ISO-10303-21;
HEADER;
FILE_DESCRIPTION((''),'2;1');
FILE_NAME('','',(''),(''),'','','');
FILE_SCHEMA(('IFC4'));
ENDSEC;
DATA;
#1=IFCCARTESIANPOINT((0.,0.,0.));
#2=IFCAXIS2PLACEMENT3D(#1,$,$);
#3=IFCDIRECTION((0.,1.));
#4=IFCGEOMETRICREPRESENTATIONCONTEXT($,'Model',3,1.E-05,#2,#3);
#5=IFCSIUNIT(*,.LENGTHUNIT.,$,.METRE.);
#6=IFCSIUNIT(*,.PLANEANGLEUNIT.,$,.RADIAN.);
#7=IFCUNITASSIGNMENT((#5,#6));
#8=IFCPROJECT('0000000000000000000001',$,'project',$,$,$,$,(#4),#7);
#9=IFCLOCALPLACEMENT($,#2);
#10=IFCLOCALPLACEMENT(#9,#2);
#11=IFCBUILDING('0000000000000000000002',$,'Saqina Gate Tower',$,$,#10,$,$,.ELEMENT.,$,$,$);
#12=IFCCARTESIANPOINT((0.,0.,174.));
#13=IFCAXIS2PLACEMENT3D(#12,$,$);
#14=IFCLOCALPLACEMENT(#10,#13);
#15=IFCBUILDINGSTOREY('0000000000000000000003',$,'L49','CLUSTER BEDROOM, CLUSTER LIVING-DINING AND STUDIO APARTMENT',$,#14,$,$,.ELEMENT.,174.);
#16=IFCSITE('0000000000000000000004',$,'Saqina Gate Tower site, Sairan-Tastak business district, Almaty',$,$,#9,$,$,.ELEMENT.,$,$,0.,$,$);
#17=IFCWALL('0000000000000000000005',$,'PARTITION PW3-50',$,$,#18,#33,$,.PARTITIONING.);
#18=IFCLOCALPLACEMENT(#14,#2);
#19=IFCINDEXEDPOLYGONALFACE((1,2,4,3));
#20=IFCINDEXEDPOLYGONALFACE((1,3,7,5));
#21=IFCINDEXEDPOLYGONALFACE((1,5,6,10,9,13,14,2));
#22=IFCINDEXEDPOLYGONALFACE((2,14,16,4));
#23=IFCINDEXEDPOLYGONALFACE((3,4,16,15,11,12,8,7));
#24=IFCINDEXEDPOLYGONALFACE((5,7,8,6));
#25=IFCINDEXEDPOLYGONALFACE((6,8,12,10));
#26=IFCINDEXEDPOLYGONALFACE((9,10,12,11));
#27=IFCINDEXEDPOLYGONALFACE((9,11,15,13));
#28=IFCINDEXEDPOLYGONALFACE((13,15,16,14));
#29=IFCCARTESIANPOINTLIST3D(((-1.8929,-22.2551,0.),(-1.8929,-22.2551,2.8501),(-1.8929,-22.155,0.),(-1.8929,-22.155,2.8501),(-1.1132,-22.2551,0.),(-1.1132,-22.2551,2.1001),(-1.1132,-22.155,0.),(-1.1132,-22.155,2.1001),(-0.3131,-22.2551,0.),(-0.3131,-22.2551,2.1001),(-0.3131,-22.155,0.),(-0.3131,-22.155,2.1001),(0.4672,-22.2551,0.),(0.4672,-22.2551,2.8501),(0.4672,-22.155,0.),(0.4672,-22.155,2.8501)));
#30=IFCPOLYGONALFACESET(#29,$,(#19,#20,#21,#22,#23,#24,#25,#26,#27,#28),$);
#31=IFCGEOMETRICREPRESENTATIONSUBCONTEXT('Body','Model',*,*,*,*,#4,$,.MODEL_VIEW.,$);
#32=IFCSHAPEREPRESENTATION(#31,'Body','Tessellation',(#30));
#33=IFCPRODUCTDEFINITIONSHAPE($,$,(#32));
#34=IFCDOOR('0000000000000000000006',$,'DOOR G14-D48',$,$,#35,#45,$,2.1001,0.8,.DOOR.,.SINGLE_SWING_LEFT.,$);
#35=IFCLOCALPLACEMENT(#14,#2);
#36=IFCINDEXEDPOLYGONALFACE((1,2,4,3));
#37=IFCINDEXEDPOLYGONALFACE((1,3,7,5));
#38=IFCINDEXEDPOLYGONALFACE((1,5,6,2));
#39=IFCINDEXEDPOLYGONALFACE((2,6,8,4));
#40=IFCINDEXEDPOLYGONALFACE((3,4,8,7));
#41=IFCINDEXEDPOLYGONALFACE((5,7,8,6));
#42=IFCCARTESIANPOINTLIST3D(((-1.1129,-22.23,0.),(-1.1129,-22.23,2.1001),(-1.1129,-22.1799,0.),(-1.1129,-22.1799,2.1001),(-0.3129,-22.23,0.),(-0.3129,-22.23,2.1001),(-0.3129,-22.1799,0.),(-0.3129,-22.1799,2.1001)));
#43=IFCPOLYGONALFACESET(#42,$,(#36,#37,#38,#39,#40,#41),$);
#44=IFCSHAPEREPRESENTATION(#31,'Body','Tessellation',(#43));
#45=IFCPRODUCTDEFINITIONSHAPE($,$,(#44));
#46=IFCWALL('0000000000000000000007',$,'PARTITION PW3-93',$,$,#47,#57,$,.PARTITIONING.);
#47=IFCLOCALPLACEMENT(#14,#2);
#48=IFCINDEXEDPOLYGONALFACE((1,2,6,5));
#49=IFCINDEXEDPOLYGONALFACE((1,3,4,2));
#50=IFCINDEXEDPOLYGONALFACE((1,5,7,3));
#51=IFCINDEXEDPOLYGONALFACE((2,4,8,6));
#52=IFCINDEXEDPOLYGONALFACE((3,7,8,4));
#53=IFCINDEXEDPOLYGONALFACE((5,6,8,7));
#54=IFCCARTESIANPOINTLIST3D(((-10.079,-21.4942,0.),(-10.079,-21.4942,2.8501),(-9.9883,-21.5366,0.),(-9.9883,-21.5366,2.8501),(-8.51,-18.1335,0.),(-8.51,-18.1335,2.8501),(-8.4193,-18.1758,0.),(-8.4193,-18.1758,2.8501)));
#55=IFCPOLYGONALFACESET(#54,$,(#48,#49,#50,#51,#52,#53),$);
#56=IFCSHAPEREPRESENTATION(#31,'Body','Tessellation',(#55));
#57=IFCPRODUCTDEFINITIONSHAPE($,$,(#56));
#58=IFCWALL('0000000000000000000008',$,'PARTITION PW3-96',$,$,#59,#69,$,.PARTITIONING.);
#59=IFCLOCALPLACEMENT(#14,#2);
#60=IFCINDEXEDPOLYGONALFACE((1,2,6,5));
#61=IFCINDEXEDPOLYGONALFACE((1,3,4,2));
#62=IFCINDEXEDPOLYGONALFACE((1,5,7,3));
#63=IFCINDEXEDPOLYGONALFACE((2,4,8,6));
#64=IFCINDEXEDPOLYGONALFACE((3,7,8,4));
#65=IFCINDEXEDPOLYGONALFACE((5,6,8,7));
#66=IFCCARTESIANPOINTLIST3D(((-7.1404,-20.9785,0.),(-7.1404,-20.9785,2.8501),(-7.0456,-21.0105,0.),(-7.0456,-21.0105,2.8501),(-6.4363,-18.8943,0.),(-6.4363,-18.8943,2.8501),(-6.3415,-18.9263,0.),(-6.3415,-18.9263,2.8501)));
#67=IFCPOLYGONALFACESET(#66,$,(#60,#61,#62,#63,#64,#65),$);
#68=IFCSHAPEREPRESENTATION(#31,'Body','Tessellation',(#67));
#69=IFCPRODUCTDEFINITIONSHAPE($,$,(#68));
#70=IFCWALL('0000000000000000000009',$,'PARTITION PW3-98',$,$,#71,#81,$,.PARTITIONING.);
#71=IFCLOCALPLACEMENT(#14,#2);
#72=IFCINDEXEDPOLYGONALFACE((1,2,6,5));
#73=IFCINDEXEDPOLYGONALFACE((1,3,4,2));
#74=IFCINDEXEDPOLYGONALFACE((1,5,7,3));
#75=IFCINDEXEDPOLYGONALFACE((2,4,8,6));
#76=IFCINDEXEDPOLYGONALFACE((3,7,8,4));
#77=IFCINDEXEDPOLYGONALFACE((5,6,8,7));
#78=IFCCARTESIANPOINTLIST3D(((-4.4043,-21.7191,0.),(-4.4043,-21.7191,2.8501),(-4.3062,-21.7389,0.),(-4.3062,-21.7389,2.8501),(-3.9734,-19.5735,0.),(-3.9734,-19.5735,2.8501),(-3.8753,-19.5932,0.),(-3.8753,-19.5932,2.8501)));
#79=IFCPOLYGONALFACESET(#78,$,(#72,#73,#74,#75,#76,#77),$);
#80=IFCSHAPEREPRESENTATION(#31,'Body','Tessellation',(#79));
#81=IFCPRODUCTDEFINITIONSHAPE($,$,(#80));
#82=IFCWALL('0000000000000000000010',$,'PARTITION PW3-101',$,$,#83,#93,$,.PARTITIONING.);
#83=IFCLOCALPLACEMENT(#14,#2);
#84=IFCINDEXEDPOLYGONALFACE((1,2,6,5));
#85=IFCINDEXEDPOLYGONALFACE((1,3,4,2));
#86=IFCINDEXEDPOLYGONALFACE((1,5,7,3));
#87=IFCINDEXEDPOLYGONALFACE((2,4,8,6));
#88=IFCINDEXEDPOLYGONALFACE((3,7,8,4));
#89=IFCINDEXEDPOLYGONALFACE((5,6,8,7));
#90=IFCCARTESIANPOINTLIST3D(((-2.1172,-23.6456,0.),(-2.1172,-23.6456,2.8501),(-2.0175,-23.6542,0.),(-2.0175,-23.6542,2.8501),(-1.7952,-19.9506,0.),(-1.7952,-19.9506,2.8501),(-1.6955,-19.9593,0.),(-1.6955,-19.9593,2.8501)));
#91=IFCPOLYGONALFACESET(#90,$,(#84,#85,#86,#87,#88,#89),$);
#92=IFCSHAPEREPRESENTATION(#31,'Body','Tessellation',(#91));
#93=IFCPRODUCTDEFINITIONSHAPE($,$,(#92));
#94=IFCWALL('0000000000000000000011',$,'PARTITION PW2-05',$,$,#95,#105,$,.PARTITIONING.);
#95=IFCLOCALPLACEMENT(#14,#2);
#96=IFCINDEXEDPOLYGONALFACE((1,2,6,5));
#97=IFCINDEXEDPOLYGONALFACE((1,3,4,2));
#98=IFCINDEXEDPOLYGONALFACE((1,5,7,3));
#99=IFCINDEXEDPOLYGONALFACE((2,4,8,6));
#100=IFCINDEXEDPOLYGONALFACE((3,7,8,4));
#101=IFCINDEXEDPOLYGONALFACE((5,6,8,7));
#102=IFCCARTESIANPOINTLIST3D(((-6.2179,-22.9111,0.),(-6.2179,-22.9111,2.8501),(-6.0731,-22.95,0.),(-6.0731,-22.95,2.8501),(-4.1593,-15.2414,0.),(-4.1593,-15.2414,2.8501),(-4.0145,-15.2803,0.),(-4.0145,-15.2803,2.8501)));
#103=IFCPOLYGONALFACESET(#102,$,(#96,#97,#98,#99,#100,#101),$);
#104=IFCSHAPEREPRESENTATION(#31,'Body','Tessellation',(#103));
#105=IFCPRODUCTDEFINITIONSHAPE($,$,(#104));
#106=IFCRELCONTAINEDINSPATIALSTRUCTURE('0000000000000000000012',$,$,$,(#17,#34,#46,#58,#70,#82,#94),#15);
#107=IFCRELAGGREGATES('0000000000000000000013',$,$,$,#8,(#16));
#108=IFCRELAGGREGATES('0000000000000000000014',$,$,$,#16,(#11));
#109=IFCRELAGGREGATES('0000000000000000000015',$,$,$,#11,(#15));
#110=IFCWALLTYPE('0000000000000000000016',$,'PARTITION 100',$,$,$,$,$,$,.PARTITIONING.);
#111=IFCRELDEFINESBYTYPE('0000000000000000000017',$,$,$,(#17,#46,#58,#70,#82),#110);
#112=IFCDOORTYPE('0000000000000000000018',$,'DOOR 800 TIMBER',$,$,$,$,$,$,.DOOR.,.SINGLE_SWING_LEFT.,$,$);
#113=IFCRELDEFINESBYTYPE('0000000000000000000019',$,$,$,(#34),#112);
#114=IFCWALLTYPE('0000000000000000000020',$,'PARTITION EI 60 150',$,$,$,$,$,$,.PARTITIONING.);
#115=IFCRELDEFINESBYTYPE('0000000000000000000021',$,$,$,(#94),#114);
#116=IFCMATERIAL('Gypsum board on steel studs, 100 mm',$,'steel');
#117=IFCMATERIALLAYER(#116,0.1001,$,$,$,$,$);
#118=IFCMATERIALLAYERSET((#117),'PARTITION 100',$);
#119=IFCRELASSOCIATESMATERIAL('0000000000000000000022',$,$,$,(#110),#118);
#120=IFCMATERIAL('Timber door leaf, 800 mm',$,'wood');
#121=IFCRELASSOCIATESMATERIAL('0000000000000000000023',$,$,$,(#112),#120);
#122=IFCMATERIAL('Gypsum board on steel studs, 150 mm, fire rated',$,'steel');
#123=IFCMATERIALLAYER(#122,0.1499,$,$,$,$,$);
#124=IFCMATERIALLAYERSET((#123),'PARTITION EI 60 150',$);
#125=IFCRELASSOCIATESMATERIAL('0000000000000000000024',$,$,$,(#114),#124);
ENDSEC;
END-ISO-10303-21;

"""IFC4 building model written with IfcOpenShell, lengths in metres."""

from ifc_helpers import new_model, si_unit, direction, frame, frame_2d, origin, place, context, subcontext, project, spatial, rectangle, extrude, material, layer, layer_set, type_object, element, fill, save


model = new_model("IFC4")

# Units and contexts
model_context = context("Model", 3, precision=1e-05, world=origin(), true_north=direction((0.0, 1.0)))
body_context = subcontext(model_context, "Body", "Model", "MODEL_VIEW")
ifc_project = project(units=[si_unit("LENGTHUNIT", "METRE"), si_unit("PLANEANGLEUNIT", "RADIAN")], contexts=[model_context])

# Site, building, storey
site_placement = place(None, origin())
site = spatial("IfcSite", under=ifc_project, at=site_placement, Name="Saqina Gate Tower site, Sairan-Tastak business district, Almaty", CompositionType="ELEMENT", RefElevation=0.0)
building_placement = place(site_placement, origin())
building = spatial("IfcBuilding", under=site, at=building_placement, Name="Saqina Gate Tower", CompositionType="ELEMENT")
storey_placement = place(building_placement, frame((0.0, 0.0, 174.0)))
storey = spatial("IfcBuildingStorey", under=building, at=storey_placement, Name="L49", Description="CLUSTER BEDROOM, CLUSTER LIVING-DINING AND STUDIO APARTMENT", CompositionType="ELEMENT", Elevation=174.0)

# Wall, opening, door
ifc_material_1 = material(Name="Gypsum board on steel studs, 100 mm", Category="steel")
ifc_layer_1 = layer(ifc_material_1, 0.1001)
ifc_layer_set_1 = layer_set([ifc_layer_1], Name="PARTITION 100")
wall_type_1 = type_object("IfcWallType", Name="PARTITION 100", PredefinedType="PARTITIONING", material=ifc_layer_set_1)
ifc_material_2 = material(Name="Timber door leaf, 800 mm", Category="wood")
door_type = type_object("IfcDoorType", Name="DOOR 800 TIMBER", OperationType="SINGLE_SWING_LEFT", PredefinedType="DOOR", material=ifc_material_2)
wall_1_placement = place(storey_placement, frame((-1.8931, -22.2051, 0.0), z_axis=(0.0, 0.0, 1.0), x_axis=(1.0, 0.0, 0.0)))
wall_1 = element("IfcWall", 1, at=wall_1_placement, inside=storey, type_object=wall_type_1, Name="PARTITION PW3-50", PredefinedType="PARTITIONING", context=body_context, shape_type="SweptSolid", body=[
    extrude(rectangle(XDim=2.3601, YDim=0.1001, at=frame_2d((1.1802, 0.0))), origin(), (0.0, 0.0, 1.0), 2.8501),
])
opening_1_placement = place(wall_1_placement, frame((0.78, 0.0, 0.0)))
opening_1 = element("IfcOpeningElement", 2, at=opening_1_placement, cuts=wall_1, PredefinedType="OPENING", context=body_context, shape_type="SweptSolid", body=[
    extrude(rectangle(XDim=0.8, YDim=2.1001, at=frame_2d((0.3999, 1.05))), frame((0.0, 0.062, 0.0), z_axis=(0.0, -1.0, 0.0), x_axis=(1.0, 0.0, 0.0)), (0.0, 0.0, 1.0), 0.124),
])
door_1_placement = place(opening_1_placement, frame((0.8, 0.0, 0.0), z_axis=(0.0, 0.0, 1.0), x_axis=(-1.0, 0.0, 0.0)))
door_1 = element("IfcDoor", 3, at=door_1_placement, inside=storey, type_object=door_type, Name="DOOR G14-D48", OperationType="SINGLE_SWING_LEFT", OverallHeight=2.1001, OverallWidth=0.8, PredefinedType="DOOR", context=body_context, shape_type="SweptSolid", body=[
    extrude(rectangle(XDim=0.8, YDim=2.1001, at=frame_2d((0.3999, 1.05))), frame((0.0, 0.0249, 0.0), z_axis=(0.0, -1.0, 0.0), x_axis=(1.0, 0.0, 0.0)), (0.0, 0.0, 1.0), 0.05),
])
fill(opening_1, door_1)

# Walls
wall_2_placement = place(storey_placement, frame((-10.0337, -21.5154, 0.0), z_axis=(0.0, 0.0, 1.0), x_axis=(0.42304, 0.906111, 0.0)))
element("IfcWall", 4, at=wall_2_placement, inside=storey, type_object=wall_type_1, Name="PARTITION PW3-93", PredefinedType="PARTITIONING", context=body_context, shape_type="SweptSolid", body=[
    extrude(rectangle(XDim=3.709, YDim=0.1001, at=frame_2d((1.8545, 0.0))), origin(), (0.0, 0.0, 1.0), 2.8501),
])
wall_3_placement = place(storey_placement, frame((-7.093, -20.9946, 0.0), z_axis=(0.0, 0.0, 1.0), x_axis=(0.320054, 0.947399, 0.0)))
element("IfcWall", 5, at=wall_3_placement, inside=storey, type_object=wall_type_1, Name="PARTITION PW3-96", PredefinedType="PARTITIONING", context=body_context, shape_type="SweptSolid", body=[
    extrude(rectangle(XDim=2.2, YDim=0.1001, at=frame_2d((1.1001, 0.0))), origin(), (0.0, 0.0, 1.0), 2.8501),
])
wall_4_placement = place(storey_placement, frame((-4.3552, -21.729, 0.0), z_axis=(0.0, 0.0, 1.0), x_axis=(0.196888, 0.980426, 0.0)))
element("IfcWall", 6, at=wall_4_placement, inside=storey, type_object=wall_type_1, Name="PARTITION PW3-98", PredefinedType="PARTITIONING", context=body_context, shape_type="SweptSolid", body=[
    extrude(rectangle(XDim=2.1885, YDim=0.1001, at=frame_2d((1.0942, 0.0))), origin(), (0.0, 0.0, 1.0), 2.8501),
])
wall_5_placement = place(storey_placement, frame((-2.0674, -23.6499, 0.0), z_axis=(0.0, 0.0, 1.0), x_axis=(0.08682, 0.996224, 0.0)))
element("IfcWall", 7, at=wall_5_placement, inside=storey, type_object=wall_type_1, Name="PARTITION PW3-101", PredefinedType="PARTITIONING", context=body_context, shape_type="SweptSolid", body=[
    extrude(rectangle(XDim=3.709, YDim=0.1001, at=frame_2d((1.8545, 0.0))), origin(), (0.0, 0.0, 1.0), 2.8501),
])
ifc_material_3 = material(Name="Gypsum board on steel studs, 150 mm, fire rated", Category="steel")
ifc_layer_2 = layer(ifc_material_3, 0.1499)
ifc_layer_set_2 = layer_set([ifc_layer_2], Name="PARTITION EI 60 150")
wall_type_2 = type_object("IfcWallType", Name="PARTITION EI 60 150", PredefinedType="PARTITIONING", material=ifc_layer_set_2)
wall_6_placement = place(storey_placement, frame((-6.1455, -22.9307, 0.0), z_axis=(0.0, 0.0, 1.0), x_axis=(0.259231, 0.965815, 0.0)))
element("IfcWall", 8, at=wall_6_placement, inside=storey, type_object=wall_type_2, Name="PARTITION PW2-05", PredefinedType="PARTITIONING", context=body_context, shape_type="SweptSolid", body=[
    extrude(rectangle(XDim=7.9412, YDim=0.1499, at=frame_2d((3.9707, 0.0))), origin(), (0.0, 0.0, 1.0), 2.8501),
])

save(model, "model.ifc")
